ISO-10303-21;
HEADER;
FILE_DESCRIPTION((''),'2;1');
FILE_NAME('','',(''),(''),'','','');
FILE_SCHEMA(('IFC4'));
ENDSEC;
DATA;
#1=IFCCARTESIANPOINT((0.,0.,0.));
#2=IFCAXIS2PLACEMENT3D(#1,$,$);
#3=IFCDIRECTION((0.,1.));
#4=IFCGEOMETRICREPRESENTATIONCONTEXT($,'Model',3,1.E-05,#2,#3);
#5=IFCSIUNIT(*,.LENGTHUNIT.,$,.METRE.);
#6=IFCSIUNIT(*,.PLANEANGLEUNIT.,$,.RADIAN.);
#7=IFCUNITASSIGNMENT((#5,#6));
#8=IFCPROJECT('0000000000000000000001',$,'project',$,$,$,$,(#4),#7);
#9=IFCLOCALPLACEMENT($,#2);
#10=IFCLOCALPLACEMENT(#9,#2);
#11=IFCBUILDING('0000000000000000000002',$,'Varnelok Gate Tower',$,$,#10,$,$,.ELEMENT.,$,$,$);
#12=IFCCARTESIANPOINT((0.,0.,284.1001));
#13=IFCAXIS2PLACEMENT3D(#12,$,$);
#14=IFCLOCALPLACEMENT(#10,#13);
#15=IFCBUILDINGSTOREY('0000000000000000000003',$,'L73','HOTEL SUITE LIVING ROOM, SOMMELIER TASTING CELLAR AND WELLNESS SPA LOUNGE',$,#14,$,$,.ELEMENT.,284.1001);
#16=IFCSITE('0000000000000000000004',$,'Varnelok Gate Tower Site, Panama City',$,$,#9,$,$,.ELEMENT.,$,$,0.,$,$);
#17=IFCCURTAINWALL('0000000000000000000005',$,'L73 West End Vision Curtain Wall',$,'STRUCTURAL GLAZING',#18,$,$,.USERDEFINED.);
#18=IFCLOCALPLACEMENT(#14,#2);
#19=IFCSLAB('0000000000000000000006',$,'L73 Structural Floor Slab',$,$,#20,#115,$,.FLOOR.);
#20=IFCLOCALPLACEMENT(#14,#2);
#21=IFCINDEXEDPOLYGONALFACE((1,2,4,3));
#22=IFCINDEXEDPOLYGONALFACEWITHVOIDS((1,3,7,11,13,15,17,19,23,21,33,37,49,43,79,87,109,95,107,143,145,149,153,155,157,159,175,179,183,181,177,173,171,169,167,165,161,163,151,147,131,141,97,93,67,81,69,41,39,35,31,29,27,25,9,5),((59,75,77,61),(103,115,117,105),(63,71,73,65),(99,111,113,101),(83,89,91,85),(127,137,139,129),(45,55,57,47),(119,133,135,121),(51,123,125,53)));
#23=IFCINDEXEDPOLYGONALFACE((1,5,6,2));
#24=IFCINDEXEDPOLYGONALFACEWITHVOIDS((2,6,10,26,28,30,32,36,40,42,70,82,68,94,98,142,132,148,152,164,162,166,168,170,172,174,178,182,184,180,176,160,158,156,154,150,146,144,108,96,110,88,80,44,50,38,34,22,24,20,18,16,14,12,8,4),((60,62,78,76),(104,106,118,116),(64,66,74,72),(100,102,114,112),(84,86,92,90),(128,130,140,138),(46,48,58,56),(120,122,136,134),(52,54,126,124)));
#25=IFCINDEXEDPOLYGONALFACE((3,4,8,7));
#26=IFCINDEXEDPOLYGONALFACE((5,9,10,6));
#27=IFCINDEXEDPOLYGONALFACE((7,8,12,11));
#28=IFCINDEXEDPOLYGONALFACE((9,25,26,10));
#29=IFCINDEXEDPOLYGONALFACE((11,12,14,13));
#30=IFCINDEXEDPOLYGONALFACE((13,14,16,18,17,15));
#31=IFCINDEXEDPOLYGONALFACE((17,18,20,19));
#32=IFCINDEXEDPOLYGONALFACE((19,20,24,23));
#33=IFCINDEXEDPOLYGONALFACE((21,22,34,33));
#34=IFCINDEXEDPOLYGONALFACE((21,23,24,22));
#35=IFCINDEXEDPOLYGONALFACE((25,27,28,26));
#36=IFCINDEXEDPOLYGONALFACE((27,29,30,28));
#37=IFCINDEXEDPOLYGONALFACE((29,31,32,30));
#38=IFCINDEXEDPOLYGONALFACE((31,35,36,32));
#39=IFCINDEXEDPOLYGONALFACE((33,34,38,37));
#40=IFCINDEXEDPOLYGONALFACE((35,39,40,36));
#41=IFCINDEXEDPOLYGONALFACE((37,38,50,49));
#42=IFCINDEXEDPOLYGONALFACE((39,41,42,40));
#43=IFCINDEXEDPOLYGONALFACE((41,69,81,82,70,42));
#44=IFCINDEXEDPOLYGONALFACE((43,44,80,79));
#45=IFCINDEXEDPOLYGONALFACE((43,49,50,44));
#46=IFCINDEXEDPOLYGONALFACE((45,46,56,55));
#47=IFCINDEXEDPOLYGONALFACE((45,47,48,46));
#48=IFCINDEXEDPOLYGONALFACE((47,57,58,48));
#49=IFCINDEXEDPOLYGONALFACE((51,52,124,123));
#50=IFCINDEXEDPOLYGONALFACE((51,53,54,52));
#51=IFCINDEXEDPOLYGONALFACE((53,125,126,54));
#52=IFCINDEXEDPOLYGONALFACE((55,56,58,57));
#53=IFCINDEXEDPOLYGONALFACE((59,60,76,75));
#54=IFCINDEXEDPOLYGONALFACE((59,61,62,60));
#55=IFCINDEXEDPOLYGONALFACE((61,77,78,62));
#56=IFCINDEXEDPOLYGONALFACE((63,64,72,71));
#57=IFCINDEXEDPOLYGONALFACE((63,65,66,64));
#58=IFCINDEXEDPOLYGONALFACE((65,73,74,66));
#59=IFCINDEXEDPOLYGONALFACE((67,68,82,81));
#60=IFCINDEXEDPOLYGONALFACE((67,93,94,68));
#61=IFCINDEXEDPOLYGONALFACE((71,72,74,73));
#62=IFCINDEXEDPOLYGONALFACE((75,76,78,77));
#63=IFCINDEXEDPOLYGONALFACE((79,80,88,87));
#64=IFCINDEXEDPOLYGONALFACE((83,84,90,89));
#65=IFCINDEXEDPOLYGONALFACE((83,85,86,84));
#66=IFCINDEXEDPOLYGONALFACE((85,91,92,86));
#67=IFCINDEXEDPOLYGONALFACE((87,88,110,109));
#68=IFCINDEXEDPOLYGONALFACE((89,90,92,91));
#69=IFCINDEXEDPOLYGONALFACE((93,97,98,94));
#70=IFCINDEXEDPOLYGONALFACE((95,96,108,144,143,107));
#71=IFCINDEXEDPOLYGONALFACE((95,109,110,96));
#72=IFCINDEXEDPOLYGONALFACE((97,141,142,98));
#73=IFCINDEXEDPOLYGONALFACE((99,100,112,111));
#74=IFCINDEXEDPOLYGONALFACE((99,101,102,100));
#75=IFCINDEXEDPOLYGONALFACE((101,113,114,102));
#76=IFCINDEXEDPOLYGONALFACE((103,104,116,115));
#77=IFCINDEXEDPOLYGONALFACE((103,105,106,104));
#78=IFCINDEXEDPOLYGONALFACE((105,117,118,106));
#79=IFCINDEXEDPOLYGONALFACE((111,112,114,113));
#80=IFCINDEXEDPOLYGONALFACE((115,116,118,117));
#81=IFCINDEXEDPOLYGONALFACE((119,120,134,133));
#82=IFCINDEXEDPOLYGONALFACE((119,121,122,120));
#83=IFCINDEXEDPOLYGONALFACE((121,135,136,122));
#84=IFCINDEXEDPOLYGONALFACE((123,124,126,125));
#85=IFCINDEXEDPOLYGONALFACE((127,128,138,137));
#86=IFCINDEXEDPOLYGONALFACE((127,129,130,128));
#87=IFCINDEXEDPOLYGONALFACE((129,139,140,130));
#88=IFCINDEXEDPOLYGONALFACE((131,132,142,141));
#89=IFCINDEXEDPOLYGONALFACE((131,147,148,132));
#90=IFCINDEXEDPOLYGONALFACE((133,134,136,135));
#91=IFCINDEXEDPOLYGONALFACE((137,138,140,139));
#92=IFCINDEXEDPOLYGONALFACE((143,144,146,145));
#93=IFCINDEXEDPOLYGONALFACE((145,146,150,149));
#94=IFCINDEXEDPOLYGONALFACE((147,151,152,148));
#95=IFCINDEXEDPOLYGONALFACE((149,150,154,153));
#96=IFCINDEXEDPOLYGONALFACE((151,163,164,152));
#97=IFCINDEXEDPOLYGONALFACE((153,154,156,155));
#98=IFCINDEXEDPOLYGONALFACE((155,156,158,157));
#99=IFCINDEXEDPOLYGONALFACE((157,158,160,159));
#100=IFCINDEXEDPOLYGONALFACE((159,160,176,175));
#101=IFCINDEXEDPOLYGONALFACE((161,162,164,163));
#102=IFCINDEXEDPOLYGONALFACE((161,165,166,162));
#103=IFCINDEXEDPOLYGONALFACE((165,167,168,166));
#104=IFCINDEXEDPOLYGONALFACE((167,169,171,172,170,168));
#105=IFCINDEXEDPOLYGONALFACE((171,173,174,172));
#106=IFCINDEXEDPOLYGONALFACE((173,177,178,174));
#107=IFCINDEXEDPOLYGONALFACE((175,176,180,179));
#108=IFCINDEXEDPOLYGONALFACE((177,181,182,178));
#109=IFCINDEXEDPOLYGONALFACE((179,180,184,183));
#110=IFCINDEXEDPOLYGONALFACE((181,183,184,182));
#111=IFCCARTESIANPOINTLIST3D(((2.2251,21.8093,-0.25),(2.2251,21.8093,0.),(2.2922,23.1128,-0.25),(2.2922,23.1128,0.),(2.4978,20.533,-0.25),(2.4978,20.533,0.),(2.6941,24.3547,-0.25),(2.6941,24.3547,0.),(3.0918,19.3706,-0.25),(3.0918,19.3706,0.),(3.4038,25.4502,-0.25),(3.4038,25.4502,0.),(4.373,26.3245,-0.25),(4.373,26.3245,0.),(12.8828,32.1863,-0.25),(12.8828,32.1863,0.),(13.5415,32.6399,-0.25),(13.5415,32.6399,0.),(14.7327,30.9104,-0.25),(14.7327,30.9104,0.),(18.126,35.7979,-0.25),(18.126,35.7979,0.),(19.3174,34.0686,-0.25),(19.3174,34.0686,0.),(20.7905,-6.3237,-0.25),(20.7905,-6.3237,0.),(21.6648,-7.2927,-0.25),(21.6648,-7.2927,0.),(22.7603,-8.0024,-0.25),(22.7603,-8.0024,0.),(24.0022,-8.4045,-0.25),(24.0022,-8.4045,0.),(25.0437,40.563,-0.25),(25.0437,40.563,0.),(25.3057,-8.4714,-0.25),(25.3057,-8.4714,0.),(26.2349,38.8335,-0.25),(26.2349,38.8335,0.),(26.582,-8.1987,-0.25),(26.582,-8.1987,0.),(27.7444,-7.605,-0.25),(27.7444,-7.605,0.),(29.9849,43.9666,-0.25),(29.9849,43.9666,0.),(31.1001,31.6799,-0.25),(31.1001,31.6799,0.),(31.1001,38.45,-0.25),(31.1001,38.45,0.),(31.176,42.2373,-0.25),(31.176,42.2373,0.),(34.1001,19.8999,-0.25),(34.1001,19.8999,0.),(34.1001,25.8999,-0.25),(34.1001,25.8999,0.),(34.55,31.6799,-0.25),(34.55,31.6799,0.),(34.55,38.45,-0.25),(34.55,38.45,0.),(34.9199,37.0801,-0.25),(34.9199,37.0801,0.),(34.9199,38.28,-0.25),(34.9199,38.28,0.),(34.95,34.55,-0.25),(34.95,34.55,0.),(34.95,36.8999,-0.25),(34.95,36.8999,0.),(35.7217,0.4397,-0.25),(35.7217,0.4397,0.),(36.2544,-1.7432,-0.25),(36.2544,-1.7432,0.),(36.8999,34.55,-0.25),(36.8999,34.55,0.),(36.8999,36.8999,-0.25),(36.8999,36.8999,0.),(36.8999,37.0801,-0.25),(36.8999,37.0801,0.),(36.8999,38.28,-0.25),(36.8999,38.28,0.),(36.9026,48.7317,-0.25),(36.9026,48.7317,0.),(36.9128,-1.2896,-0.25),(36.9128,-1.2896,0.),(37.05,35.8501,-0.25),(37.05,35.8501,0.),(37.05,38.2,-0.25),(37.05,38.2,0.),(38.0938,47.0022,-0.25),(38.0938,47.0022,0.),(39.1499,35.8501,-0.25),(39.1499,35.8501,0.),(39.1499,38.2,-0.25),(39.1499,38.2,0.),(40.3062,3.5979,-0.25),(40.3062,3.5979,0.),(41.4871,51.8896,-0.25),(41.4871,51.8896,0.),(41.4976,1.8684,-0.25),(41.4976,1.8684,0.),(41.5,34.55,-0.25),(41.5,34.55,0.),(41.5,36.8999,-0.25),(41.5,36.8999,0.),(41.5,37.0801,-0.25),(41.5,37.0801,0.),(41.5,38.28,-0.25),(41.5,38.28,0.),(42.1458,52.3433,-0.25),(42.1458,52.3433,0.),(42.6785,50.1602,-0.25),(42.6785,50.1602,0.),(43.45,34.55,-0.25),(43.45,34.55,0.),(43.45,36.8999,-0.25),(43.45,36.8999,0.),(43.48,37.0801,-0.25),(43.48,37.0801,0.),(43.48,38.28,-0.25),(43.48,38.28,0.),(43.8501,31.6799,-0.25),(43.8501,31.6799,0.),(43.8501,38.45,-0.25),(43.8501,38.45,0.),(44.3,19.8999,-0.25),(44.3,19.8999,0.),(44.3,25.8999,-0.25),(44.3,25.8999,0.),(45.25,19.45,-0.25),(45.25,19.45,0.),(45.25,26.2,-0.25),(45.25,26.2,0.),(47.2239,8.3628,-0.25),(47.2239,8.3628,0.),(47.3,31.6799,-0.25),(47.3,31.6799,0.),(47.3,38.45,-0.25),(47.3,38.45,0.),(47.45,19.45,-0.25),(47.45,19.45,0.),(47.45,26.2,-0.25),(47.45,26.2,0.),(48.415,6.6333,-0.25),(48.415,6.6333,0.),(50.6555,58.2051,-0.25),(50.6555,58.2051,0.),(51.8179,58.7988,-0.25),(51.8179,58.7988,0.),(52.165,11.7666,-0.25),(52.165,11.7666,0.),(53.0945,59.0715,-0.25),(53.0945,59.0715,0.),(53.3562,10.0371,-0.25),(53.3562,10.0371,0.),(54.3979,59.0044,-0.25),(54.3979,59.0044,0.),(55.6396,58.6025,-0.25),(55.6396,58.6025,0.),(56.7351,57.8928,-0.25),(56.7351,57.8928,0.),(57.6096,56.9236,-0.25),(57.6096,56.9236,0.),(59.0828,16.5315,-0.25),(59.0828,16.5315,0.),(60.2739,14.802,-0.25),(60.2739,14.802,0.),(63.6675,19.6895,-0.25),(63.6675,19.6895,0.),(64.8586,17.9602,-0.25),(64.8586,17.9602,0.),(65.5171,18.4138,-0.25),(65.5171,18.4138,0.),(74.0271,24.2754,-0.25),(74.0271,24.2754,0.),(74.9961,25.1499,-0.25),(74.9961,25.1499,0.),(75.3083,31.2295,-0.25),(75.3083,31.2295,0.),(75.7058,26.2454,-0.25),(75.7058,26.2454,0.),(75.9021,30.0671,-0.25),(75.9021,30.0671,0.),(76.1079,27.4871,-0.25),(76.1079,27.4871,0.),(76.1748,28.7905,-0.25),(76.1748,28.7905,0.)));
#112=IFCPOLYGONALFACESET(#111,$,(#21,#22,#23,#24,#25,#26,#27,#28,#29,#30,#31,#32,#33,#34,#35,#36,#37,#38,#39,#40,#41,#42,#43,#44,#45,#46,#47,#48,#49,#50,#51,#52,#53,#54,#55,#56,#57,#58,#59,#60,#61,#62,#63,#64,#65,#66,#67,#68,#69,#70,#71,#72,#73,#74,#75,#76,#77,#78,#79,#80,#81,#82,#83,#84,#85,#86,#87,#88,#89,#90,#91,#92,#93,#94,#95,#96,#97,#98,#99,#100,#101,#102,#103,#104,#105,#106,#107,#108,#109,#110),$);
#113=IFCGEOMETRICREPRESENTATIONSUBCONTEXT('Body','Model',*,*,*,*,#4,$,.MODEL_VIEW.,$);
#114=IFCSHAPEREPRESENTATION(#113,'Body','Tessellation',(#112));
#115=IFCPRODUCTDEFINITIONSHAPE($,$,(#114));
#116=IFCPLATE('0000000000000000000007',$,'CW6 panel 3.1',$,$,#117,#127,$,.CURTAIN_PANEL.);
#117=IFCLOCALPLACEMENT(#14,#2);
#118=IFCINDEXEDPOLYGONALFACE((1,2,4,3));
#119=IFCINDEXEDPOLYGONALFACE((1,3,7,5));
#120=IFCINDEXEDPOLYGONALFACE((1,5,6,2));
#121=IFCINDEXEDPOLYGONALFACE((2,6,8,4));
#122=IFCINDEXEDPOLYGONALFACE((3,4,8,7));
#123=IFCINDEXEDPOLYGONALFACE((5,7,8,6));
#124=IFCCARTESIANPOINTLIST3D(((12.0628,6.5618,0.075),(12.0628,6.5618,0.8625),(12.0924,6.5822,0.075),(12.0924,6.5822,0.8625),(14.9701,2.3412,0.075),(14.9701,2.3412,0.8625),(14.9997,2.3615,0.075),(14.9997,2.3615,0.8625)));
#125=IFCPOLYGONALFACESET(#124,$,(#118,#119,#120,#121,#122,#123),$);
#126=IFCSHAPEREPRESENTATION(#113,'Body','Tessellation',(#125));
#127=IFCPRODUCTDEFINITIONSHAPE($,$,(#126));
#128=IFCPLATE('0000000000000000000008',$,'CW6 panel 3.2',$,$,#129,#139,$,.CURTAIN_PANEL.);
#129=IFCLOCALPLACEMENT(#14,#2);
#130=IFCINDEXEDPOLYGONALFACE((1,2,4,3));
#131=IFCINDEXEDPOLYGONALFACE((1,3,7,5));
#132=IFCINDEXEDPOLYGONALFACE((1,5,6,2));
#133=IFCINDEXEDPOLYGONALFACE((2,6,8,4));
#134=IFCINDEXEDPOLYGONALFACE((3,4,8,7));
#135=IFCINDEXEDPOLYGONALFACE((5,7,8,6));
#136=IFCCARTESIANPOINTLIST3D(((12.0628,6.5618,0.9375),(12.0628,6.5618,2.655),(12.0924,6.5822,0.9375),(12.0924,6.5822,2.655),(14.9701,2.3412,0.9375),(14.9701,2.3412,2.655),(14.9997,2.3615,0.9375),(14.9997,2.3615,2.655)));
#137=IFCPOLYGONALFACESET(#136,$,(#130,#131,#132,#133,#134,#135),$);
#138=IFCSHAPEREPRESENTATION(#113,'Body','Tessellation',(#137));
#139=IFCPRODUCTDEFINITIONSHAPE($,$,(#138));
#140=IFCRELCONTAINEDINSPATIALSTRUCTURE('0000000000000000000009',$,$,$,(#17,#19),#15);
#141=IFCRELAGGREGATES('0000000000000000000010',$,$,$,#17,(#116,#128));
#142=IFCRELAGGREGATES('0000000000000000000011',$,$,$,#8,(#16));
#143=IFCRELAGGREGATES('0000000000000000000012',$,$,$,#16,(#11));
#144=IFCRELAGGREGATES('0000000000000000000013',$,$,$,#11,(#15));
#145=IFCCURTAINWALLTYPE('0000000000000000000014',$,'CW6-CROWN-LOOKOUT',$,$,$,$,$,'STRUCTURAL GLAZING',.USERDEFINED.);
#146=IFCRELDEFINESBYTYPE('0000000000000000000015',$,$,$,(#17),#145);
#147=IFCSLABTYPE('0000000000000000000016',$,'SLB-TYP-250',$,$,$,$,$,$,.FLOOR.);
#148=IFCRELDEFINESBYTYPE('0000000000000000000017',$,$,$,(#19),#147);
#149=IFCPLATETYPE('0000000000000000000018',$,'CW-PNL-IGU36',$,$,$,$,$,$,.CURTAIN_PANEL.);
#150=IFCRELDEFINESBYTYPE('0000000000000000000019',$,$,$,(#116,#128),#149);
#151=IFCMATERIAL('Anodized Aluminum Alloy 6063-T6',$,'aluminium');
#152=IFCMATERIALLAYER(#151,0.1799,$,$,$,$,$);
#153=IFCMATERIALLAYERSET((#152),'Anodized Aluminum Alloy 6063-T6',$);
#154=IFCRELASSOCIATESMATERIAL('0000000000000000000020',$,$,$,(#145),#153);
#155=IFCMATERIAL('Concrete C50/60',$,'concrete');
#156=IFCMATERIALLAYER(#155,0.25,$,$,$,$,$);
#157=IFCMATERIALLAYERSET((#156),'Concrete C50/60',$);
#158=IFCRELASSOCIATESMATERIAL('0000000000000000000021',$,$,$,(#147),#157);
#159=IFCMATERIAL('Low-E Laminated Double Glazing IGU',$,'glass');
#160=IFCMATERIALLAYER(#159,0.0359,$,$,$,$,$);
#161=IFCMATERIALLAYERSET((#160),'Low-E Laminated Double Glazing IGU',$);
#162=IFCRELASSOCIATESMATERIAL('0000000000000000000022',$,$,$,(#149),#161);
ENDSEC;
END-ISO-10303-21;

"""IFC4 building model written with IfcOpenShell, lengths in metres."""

from ifc_helpers import new_model, si_unit, direction, frame, origin, origin_2d, place, context, subcontext, project, spatial, polyline, rectangle, outline, extrude, source, transform, mapped, material, layer, layer_set, type_object, element, aggregate, save


model = new_model("IFC4")

# Units and contexts
model_context = context("Model", 3, precision=1e-05, world=origin(), true_north=direction((0.0, 1.0)))
body_context = subcontext(model_context, "Body", "Model", "MODEL_VIEW")
ifc_project = project(units=[si_unit("LENGTHUNIT", "METRE"), si_unit("PLANEANGLEUNIT", "RADIAN")], contexts=[model_context])

# Site, building, storey
site_placement = place(None, origin())
site = spatial("IfcSite", under=ifc_project, at=site_placement, Name="Varnelok Gate Tower Site, Panama City", CompositionType="ELEMENT", RefElevation=0.0)
building_placement = place(site_placement, origin())
building = spatial("IfcBuilding", under=site, at=building_placement, Name="Varnelok Gate Tower", CompositionType="ELEMENT")
storey_placement = place(building_placement, frame((0.0, 0.0, 284.1001)))
storey = spatial("IfcBuildingStorey", under=building, at=storey_placement, Name="L73", Description="HOTEL SUITE LIVING ROOM, SOMMELIER TASTING CELLAR AND WELLNESS SPA LOUNGE", CompositionType="ELEMENT", Elevation=284.1001)

# Curtain wall
ifc_material_1 = material(Name="Anodized Aluminum Alloy 6063-T6", Category="aluminium")
ifc_layer_1 = layer(ifc_material_1, 0.1799)
ifc_layer_set_1 = layer_set([ifc_layer_1], Name="Anodized Aluminum Alloy 6063-T6")
curtain_wall_type = type_object("IfcCurtainWallType", Name="CW6-CROWN-LOOKOUT", ElementType="STRUCTURAL GLAZING", PredefinedType="USERDEFINED", material=ifc_layer_set_1)
curtain_wall_placement = place(storey_placement, origin())
curtain_wall = element("IfcCurtainWall", 1, at=curtain_wall_placement, inside=storey, type_object=curtain_wall_type, Name="L73 West End Vision Curtain Wall", ObjectType="STRUCTURAL GLAZING", PredefinedType="USERDEFINED")

# Shared definitions
ifc_material_2 = material(Name="Concrete C50/60", Category="concrete")

# Slab
ifc_layer_2 = layer(ifc_material_2, 0.25)
ifc_layer_set_2 = layer_set([ifc_layer_2], Name="Concrete C50/60")
slab_type_1 = type_object("IfcSlabType", Name="SLB-TYP-250", PredefinedType="FLOOR", material=ifc_layer_set_2)
slab_1_placement = place(storey_placement, frame((0.0, 0.0, -0.25)))
element("IfcSlab", 2, at=slab_1_placement, inside=storey, type_object=slab_type_1, Name="L73 Structural Floor Slab", PredefinedType="FLOOR", context=body_context, shape_type="SweptSolid", body=[
    extrude(outline(polyline([(20.7905, -6.3237), (21.6648, -7.2927), (22.7603, -8.0024), (24.0022, -8.4045), (25.3057, -8.4714), (26.582, -8.1987), (27.7444, -7.605), (36.2544, -1.7432), (36.9128, -1.2896), (35.7217, 0.4397), (40.3062, 3.5979), (41.4976, 1.8684), (48.415, 6.6333), (47.2239, 8.3628), (52.165, 11.7666), (53.3562, 10.0371), (60.2739, 14.802), (59.0828, 16.5315), (63.6675, 19.6895), (64.8586, 17.9602), (65.5171, 18.4138), (74.0271, 24.2754), (74.9961, 25.1499), (75.7058, 26.2454), (76.1079, 27.4871), (76.1748, 28.7905), (75.9021, 30.0671), (75.3083, 31.2295), (57.6096, 56.9236), (56.7351, 57.8928), (55.6396, 58.6025), (54.3979, 59.0044), (53.0945, 59.0715), (51.8179, 58.7988), (50.6555, 58.2051), (42.1458, 52.3433), (41.4871, 51.8896), (42.6785, 50.1602), (38.0938, 47.0022), (36.9026, 48.7317), (29.9849, 43.9666), (31.176, 42.2373), (26.2349, 38.8335), (25.0437, 40.563), (18.126, 35.7979), (19.3174, 34.0686), (14.7327, 30.9104), (13.5415, 32.6399), (12.8828, 32.1863), (4.373, 26.3245), (3.4038, 25.4502), (2.6941, 24.3547), (2.2922, 23.1128), (2.2251, 21.8093), (2.4978, 20.533), (3.0918, 19.3706), (20.7905, -6.3237)]), holes=[polyline([(34.55, 31.6799), (34.55, 38.45), (31.1001, 38.45), (31.1001, 31.6799), (34.55, 31.6799)]), polyline([(47.3, 31.6799), (47.3, 38.45), (43.8501, 38.45), (43.8501, 31.6799), (47.3, 31.6799)]), polyline([(34.95, 34.55), (36.8999, 34.55), (36.8999, 36.8999), (34.95, 36.8999), (34.95, 34.55)]), polyline([(41.5, 34.55), (43.45, 34.55), (43.45, 36.8999), (41.5, 36.8999), (41.5, 34.55)]), polyline([(37.05, 35.8501), (39.1499, 35.8501), (39.1499, 38.2), (37.05, 38.2), (37.05, 35.8501)]), polyline([(45.25, 19.45), (47.45, 19.45), (47.45, 26.2), (45.25, 26.2), (45.25, 19.45)]), polyline([(34.9199, 37.0801), (36.8999, 37.0801), (36.8999, 38.28), (34.9199, 38.28), (34.9199, 37.0801)]), polyline([(41.5, 37.0801), (43.48, 37.0801), (43.48, 38.28), (41.5, 38.28), (41.5, 37.0801)]), polyline([(34.1001, 19.8999), (44.3, 19.8999), (44.3, 25.8999), (34.1001, 25.8999), (34.1001, 19.8999)])]), origin(), (0.0, 0.0, 1.0), 0.25),
])

# Plates
ifc_material_3 = material(Name="Low-E Laminated Double Glazing IGU", Category="glass")
ifc_layer_3 = layer(ifc_material_3, 0.0359)
ifc_layer_set_3 = layer_set([ifc_layer_3], Name="Low-E Laminated Double Glazing IGU")
plate_type = type_object("IfcPlateType", Name="CW-PNL-IGU36", PredefinedType="CURTAIN_PANEL", material=ifc_layer_set_3)
shared_shape_1 = source(origin(), body_context, "Body", "SweptSolid", [
    extrude(rectangle(XDim=5.125, YDim=0.0359, at=origin_2d()), origin(), (0.0, 0.0, 1.0), 0.7876),
])
plate_1_placement = place(storey_placement, frame((13.5312, 4.4617, 0.075), z_axis=(0.0, 0.0, 1.0), x_axis=(-0.567269, 0.823532, 0.0)))
plate_1 = element("IfcPlate", 3, at=plate_1_placement, type_object=plate_type, Name="CW6 panel 3.1", PredefinedType="CURTAIN_PANEL", context=body_context, shape_type="MappedRepresentation", body=[
    mapped(shared_shape_1, transform((0.0, 0.0, 0.0), scale=1.0)),
])
shared_shape_2 = source(origin(), body_context, "Body", "SweptSolid", [
    extrude(rectangle(XDim=5.125, YDim=0.0359, at=origin_2d()), origin(), (0.0, 0.0, 1.0), 1.7175),
])
plate_2_placement = place(storey_placement, frame((13.5312, 4.4617, 0.9375), z_axis=(0.0, 0.0, 1.0), x_axis=(-0.567269, 0.823532, 0.0)))
plate_2 = element("IfcPlate", 4, at=plate_2_placement, type_object=plate_type, Name="CW6 panel 3.2", PredefinedType="CURTAIN_PANEL", context=body_context, shape_type="MappedRepresentation", body=[
    mapped(shared_shape_2, transform((0.0, 0.0, 0.0), scale=1.0)),
])
aggregate(curtain_wall, [plate_1, plate_2])

save(model, "model.ifc")
